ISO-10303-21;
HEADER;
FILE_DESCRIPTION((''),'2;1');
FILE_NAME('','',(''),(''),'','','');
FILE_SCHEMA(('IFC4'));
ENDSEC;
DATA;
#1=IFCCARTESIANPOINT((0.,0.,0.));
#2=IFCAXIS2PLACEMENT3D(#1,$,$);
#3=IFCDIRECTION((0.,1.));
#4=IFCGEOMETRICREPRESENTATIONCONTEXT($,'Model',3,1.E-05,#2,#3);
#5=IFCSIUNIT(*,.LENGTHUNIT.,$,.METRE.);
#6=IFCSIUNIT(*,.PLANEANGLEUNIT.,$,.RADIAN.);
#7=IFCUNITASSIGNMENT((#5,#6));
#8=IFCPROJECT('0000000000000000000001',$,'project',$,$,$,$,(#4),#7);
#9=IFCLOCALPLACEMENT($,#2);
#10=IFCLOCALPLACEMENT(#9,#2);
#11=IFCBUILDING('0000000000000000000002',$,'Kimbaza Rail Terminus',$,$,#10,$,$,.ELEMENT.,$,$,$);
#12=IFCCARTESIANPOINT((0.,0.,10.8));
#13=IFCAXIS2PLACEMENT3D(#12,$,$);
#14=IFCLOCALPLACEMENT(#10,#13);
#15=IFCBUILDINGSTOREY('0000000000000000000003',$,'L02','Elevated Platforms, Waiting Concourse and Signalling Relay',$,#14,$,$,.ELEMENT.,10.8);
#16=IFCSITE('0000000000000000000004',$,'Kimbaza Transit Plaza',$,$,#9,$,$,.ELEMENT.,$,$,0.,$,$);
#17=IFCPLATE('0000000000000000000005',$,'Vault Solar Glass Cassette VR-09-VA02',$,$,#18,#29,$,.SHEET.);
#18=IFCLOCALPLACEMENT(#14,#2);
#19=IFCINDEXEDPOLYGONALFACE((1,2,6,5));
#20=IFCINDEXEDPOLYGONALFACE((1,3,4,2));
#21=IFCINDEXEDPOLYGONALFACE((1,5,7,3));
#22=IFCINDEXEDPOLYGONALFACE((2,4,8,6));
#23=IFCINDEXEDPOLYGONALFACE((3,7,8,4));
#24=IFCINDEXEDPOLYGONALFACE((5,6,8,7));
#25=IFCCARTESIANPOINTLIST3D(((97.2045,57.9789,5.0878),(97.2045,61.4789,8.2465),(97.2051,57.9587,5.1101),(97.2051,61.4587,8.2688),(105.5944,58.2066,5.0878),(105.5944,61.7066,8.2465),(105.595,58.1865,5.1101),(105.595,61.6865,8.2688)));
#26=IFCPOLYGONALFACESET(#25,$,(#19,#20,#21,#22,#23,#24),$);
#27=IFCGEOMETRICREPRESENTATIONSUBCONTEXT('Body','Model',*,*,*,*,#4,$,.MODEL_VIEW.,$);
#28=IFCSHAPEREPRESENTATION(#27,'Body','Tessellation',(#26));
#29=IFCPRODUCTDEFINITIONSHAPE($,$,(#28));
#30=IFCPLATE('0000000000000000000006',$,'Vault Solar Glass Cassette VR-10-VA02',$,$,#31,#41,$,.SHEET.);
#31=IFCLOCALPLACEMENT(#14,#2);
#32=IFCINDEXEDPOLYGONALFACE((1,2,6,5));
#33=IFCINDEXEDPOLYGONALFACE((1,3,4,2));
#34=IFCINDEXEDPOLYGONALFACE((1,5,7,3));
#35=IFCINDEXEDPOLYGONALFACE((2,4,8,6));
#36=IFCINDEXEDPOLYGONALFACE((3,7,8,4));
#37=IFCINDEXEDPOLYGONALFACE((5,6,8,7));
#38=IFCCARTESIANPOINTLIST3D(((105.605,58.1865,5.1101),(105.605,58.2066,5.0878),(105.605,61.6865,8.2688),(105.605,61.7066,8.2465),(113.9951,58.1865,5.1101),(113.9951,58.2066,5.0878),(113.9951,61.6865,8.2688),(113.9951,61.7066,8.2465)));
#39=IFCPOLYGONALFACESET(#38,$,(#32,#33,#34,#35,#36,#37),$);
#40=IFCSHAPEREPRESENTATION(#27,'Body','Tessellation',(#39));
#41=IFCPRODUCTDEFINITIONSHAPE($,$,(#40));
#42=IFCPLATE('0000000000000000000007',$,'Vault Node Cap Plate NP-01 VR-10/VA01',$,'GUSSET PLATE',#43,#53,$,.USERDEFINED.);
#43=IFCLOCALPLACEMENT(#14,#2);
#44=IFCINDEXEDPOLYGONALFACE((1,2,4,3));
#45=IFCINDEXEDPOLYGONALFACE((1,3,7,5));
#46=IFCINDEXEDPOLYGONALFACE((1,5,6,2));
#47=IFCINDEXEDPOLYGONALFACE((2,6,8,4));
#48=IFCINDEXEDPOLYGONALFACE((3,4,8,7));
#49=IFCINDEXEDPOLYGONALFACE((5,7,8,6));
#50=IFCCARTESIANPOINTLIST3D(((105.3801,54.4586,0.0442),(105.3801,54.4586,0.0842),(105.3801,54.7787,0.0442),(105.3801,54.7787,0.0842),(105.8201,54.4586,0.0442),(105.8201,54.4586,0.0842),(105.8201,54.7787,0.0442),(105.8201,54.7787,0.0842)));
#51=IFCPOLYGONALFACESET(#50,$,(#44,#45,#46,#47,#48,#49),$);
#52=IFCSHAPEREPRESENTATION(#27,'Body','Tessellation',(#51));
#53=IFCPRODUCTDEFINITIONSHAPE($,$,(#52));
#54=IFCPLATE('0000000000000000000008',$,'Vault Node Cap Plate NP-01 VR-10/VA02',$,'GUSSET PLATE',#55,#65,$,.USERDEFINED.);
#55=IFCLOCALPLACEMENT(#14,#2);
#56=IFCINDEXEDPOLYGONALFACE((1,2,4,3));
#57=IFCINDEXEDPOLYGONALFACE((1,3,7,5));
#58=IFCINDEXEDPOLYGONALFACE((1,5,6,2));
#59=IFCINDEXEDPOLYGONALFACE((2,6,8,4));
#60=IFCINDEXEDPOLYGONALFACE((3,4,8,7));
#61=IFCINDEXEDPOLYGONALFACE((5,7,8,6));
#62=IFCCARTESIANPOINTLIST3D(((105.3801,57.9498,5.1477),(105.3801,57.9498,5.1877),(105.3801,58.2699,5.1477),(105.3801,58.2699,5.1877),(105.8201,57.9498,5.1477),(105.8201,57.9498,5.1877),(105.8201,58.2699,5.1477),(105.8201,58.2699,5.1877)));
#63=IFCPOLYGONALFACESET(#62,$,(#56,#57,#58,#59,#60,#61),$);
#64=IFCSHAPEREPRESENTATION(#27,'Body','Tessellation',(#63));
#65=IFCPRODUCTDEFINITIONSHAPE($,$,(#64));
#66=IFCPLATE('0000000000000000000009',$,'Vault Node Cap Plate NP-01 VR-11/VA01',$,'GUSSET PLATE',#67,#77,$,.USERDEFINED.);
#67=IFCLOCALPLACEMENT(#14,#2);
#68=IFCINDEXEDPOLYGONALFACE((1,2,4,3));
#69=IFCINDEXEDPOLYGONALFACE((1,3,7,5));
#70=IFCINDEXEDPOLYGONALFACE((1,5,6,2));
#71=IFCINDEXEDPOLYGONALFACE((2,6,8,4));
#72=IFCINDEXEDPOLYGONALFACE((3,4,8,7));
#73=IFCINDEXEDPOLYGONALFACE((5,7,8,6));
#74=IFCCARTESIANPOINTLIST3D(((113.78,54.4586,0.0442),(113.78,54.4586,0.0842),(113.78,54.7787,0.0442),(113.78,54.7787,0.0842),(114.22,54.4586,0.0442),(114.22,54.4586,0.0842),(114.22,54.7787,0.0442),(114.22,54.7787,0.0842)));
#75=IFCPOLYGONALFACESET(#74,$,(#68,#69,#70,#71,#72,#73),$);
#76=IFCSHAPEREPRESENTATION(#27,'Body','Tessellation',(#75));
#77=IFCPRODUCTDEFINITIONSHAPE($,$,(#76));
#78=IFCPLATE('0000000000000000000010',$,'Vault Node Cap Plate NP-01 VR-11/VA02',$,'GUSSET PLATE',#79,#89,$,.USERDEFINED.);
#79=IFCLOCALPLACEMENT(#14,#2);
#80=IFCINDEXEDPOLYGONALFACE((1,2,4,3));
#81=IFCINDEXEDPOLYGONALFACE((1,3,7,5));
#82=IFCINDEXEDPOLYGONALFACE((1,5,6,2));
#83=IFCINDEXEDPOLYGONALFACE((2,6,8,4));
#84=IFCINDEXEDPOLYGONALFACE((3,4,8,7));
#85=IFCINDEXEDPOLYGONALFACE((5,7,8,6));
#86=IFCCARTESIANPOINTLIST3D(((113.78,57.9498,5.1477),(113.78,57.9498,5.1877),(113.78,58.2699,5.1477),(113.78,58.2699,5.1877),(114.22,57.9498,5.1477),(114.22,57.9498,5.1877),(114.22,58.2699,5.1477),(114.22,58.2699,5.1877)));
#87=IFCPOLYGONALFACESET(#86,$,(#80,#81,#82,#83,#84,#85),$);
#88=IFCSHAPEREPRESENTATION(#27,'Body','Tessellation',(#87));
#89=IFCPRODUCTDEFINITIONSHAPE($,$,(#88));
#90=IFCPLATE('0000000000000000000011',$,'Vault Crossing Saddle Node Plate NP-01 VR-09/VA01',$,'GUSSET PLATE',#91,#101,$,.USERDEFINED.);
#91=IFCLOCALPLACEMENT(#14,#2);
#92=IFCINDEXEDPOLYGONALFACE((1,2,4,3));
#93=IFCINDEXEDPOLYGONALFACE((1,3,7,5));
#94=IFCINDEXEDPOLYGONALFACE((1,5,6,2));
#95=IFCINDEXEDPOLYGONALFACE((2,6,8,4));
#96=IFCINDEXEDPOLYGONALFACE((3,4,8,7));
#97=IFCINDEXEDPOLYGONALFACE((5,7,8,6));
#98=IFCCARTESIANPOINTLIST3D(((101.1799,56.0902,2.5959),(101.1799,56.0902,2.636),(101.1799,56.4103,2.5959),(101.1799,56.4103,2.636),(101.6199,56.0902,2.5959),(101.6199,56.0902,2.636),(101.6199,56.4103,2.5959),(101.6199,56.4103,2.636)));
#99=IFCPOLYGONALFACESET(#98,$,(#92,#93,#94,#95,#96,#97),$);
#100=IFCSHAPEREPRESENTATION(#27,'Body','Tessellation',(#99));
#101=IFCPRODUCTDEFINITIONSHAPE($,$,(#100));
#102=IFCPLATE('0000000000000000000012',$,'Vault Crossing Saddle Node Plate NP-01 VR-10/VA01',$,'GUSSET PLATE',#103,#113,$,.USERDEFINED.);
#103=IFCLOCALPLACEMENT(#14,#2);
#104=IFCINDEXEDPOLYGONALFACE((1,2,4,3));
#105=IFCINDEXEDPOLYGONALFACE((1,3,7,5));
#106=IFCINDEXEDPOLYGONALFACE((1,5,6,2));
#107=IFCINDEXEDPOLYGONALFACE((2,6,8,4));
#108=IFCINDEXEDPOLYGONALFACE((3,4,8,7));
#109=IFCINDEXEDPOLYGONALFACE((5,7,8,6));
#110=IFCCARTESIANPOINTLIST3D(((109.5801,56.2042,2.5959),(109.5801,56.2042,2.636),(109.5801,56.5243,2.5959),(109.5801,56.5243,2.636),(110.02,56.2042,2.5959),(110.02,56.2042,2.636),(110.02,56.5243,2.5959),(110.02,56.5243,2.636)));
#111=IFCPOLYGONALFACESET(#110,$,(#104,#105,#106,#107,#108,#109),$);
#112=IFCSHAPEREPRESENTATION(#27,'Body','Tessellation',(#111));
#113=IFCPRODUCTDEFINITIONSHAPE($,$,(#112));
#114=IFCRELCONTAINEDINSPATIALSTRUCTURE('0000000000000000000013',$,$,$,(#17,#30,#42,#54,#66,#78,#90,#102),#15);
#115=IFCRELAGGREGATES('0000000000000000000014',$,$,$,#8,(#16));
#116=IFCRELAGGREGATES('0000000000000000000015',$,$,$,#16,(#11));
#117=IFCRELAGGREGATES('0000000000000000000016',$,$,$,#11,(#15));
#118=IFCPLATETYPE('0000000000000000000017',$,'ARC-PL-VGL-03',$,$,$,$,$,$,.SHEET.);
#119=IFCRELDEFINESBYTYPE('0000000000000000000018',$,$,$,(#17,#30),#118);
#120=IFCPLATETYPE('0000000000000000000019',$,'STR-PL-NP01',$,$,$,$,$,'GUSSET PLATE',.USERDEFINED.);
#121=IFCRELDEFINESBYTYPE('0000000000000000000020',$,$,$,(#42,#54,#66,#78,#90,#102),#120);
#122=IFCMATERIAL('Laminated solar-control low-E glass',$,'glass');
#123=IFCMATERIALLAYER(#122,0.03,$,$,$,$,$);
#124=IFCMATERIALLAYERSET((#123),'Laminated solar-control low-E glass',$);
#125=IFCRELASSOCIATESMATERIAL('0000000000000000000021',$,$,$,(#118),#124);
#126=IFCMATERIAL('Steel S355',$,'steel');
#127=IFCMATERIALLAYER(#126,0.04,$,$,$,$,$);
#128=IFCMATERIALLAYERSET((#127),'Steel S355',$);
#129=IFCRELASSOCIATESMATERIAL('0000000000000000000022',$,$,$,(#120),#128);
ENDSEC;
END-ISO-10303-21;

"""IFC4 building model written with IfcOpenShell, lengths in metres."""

from ifc_helpers import new_model, si_unit, direction, frame, origin, origin_2d, place, context, subcontext, project, spatial, polyline, rectangle, outline, extrude, material, layer, layer_set, type_object, element, save


model = new_model("IFC4")

# Units and contexts
model_context = context("Model", 3, precision=1e-05, world=origin(), true_north=direction((0.0, 1.0)))
body_context = subcontext(model_context, "Body", "Model", "MODEL_VIEW")
ifc_project = project(units=[si_unit("LENGTHUNIT", "METRE"), si_unit("PLANEANGLEUNIT", "RADIAN")], contexts=[model_context])

# Site, building, storey
site_placement = place(None, origin())
site = spatial("IfcSite", under=ifc_project, at=site_placement, Name="Kimbaza Transit Plaza", CompositionType="ELEMENT", RefElevation=0.0)
building_placement = place(site_placement, origin())
building = spatial("IfcBuilding", under=site, at=building_placement, Name="Kimbaza Rail Terminus", CompositionType="ELEMENT")
storey_placement = place(building_placement, frame((0.0, 0.0, 10.8)))
storey = spatial("IfcBuildingStorey", under=building, at=storey_placement, Name="L02", Description="Elevated Platforms, Waiting Concourse and Signalling Relay", CompositionType="ELEMENT", Elevation=10.8)

# Plates
ifc_material_1 = material(Name="Laminated solar-control low-E glass", Category="glass")
ifc_layer_1 = layer(ifc_material_1, 0.03)
ifc_layer_set_1 = layer_set([ifc_layer_1], Name="Laminated solar-control low-E glass")
plate_type_1 = type_object("IfcPlateType", Name="ARC-PL-VGL-03", PredefinedType="SHEET", material=ifc_layer_set_1)
plate_1_placement = place(storey_placement, frame((97.2051, 57.9587, 5.1101), z_axis=(0.018187, -0.669872, 0.742254), x_axis=(0.999632, 0.02714, 0.0)))
element("IfcPlate", 1, at=plate_1_placement, inside=storey, type_object=plate_type_1, Name="Vault Solar Glass Cassette VR-09-VA02", PredefinedType="SHEET", context=body_context, shape_type="SweptSolid", body=[
    extrude(outline(polyline([(0.0, 0.0), (8.393, 0.0), (8.488, 4.7136), (0.095, 4.7136), (0.0, 0.0)])), origin(), (0.0, 0.0, -1.0), 0.03),
])
plate_2_placement = place(storey_placement, frame((105.605, 58.1865, 5.1101), z_axis=(0.0, -0.669983, 0.742377), x_axis=(1.0, 0.0, 0.0)))
element("IfcPlate", 2, at=plate_2_placement, inside=storey, type_object=plate_type_1, Name="Vault Solar Glass Cassette VR-10-VA02", PredefinedType="SHEET", context=body_context, shape_type="SweptSolid", body=[
    extrude(outline(polyline([(0.0, 0.0), (8.3901, 0.0), (8.3901, 4.7146), (0.0, 4.7146), (0.0, 0.0)])), origin(), (0.0, 0.0, -1.0), 0.03),
])
ifc_material_2 = material(Name="Steel S355", Category="steel")
ifc_layer_2 = layer(ifc_material_2, 0.04)
ifc_layer_set_2 = layer_set([ifc_layer_2], Name="Steel S355")
plate_type_2 = type_object("IfcPlateType", Name="STR-PL-NP01", ElementType="GUSSET PLATE", PredefinedType="USERDEFINED", material=ifc_layer_set_2)
for number, where, z_axis, x_axis, name in (
    (3, (105.6001, 54.6187, 0.0442), (0.0, 0.0, 1.0), (1.0, 0.0, 0.0), "Vault Node Cap Plate NP-01 VR-10/VA01"),
    (4, (105.6001, 58.1099, 5.1477), (0.0, 0.0, 1.0), (1.0, 0.0, 0.0), "Vault Node Cap Plate NP-01 VR-10/VA02"),
    (5, (114.0, 54.6187, 0.0442), (0.0, 0.0, 1.0), (1.0, 0.0, 0.0), "Vault Node Cap Plate NP-01 VR-11/VA01"),
    (6, (114.0, 58.1099, 5.1477), (0.0, 0.0, 1.0), (1.0, 0.0, 0.0), "Vault Node Cap Plate NP-01 VR-11/VA02"),
    (7, (101.3999, 56.2502, 2.5959), (0.0, 0.0, 1.0), (1.0, 0.0, 0.0), "Vault Crossing Saddle Node Plate NP-01 VR-09/VA01"),
    (8, (109.8, 56.3643, 2.5959), (0.0, 0.0, 1.0), (1.0, 0.0, 0.0), "Vault Crossing Saddle Node Plate NP-01 VR-10/VA01"),
):
    element("IfcPlate", number, at=place(storey_placement, frame(where, z_axis=z_axis, x_axis=x_axis)), inside=storey, type_object=plate_type_2, Name=name, ObjectType="GUSSET PLATE", PredefinedType="USERDEFINED", context=body_context, shape_type="SweptSolid", body=[
        extrude(rectangle(XDim=0.4399, YDim=0.3201, at=origin_2d()), origin(), (0.0, 0.0, 1.0), 0.04),
    ])

save(model, "model.ifc")
